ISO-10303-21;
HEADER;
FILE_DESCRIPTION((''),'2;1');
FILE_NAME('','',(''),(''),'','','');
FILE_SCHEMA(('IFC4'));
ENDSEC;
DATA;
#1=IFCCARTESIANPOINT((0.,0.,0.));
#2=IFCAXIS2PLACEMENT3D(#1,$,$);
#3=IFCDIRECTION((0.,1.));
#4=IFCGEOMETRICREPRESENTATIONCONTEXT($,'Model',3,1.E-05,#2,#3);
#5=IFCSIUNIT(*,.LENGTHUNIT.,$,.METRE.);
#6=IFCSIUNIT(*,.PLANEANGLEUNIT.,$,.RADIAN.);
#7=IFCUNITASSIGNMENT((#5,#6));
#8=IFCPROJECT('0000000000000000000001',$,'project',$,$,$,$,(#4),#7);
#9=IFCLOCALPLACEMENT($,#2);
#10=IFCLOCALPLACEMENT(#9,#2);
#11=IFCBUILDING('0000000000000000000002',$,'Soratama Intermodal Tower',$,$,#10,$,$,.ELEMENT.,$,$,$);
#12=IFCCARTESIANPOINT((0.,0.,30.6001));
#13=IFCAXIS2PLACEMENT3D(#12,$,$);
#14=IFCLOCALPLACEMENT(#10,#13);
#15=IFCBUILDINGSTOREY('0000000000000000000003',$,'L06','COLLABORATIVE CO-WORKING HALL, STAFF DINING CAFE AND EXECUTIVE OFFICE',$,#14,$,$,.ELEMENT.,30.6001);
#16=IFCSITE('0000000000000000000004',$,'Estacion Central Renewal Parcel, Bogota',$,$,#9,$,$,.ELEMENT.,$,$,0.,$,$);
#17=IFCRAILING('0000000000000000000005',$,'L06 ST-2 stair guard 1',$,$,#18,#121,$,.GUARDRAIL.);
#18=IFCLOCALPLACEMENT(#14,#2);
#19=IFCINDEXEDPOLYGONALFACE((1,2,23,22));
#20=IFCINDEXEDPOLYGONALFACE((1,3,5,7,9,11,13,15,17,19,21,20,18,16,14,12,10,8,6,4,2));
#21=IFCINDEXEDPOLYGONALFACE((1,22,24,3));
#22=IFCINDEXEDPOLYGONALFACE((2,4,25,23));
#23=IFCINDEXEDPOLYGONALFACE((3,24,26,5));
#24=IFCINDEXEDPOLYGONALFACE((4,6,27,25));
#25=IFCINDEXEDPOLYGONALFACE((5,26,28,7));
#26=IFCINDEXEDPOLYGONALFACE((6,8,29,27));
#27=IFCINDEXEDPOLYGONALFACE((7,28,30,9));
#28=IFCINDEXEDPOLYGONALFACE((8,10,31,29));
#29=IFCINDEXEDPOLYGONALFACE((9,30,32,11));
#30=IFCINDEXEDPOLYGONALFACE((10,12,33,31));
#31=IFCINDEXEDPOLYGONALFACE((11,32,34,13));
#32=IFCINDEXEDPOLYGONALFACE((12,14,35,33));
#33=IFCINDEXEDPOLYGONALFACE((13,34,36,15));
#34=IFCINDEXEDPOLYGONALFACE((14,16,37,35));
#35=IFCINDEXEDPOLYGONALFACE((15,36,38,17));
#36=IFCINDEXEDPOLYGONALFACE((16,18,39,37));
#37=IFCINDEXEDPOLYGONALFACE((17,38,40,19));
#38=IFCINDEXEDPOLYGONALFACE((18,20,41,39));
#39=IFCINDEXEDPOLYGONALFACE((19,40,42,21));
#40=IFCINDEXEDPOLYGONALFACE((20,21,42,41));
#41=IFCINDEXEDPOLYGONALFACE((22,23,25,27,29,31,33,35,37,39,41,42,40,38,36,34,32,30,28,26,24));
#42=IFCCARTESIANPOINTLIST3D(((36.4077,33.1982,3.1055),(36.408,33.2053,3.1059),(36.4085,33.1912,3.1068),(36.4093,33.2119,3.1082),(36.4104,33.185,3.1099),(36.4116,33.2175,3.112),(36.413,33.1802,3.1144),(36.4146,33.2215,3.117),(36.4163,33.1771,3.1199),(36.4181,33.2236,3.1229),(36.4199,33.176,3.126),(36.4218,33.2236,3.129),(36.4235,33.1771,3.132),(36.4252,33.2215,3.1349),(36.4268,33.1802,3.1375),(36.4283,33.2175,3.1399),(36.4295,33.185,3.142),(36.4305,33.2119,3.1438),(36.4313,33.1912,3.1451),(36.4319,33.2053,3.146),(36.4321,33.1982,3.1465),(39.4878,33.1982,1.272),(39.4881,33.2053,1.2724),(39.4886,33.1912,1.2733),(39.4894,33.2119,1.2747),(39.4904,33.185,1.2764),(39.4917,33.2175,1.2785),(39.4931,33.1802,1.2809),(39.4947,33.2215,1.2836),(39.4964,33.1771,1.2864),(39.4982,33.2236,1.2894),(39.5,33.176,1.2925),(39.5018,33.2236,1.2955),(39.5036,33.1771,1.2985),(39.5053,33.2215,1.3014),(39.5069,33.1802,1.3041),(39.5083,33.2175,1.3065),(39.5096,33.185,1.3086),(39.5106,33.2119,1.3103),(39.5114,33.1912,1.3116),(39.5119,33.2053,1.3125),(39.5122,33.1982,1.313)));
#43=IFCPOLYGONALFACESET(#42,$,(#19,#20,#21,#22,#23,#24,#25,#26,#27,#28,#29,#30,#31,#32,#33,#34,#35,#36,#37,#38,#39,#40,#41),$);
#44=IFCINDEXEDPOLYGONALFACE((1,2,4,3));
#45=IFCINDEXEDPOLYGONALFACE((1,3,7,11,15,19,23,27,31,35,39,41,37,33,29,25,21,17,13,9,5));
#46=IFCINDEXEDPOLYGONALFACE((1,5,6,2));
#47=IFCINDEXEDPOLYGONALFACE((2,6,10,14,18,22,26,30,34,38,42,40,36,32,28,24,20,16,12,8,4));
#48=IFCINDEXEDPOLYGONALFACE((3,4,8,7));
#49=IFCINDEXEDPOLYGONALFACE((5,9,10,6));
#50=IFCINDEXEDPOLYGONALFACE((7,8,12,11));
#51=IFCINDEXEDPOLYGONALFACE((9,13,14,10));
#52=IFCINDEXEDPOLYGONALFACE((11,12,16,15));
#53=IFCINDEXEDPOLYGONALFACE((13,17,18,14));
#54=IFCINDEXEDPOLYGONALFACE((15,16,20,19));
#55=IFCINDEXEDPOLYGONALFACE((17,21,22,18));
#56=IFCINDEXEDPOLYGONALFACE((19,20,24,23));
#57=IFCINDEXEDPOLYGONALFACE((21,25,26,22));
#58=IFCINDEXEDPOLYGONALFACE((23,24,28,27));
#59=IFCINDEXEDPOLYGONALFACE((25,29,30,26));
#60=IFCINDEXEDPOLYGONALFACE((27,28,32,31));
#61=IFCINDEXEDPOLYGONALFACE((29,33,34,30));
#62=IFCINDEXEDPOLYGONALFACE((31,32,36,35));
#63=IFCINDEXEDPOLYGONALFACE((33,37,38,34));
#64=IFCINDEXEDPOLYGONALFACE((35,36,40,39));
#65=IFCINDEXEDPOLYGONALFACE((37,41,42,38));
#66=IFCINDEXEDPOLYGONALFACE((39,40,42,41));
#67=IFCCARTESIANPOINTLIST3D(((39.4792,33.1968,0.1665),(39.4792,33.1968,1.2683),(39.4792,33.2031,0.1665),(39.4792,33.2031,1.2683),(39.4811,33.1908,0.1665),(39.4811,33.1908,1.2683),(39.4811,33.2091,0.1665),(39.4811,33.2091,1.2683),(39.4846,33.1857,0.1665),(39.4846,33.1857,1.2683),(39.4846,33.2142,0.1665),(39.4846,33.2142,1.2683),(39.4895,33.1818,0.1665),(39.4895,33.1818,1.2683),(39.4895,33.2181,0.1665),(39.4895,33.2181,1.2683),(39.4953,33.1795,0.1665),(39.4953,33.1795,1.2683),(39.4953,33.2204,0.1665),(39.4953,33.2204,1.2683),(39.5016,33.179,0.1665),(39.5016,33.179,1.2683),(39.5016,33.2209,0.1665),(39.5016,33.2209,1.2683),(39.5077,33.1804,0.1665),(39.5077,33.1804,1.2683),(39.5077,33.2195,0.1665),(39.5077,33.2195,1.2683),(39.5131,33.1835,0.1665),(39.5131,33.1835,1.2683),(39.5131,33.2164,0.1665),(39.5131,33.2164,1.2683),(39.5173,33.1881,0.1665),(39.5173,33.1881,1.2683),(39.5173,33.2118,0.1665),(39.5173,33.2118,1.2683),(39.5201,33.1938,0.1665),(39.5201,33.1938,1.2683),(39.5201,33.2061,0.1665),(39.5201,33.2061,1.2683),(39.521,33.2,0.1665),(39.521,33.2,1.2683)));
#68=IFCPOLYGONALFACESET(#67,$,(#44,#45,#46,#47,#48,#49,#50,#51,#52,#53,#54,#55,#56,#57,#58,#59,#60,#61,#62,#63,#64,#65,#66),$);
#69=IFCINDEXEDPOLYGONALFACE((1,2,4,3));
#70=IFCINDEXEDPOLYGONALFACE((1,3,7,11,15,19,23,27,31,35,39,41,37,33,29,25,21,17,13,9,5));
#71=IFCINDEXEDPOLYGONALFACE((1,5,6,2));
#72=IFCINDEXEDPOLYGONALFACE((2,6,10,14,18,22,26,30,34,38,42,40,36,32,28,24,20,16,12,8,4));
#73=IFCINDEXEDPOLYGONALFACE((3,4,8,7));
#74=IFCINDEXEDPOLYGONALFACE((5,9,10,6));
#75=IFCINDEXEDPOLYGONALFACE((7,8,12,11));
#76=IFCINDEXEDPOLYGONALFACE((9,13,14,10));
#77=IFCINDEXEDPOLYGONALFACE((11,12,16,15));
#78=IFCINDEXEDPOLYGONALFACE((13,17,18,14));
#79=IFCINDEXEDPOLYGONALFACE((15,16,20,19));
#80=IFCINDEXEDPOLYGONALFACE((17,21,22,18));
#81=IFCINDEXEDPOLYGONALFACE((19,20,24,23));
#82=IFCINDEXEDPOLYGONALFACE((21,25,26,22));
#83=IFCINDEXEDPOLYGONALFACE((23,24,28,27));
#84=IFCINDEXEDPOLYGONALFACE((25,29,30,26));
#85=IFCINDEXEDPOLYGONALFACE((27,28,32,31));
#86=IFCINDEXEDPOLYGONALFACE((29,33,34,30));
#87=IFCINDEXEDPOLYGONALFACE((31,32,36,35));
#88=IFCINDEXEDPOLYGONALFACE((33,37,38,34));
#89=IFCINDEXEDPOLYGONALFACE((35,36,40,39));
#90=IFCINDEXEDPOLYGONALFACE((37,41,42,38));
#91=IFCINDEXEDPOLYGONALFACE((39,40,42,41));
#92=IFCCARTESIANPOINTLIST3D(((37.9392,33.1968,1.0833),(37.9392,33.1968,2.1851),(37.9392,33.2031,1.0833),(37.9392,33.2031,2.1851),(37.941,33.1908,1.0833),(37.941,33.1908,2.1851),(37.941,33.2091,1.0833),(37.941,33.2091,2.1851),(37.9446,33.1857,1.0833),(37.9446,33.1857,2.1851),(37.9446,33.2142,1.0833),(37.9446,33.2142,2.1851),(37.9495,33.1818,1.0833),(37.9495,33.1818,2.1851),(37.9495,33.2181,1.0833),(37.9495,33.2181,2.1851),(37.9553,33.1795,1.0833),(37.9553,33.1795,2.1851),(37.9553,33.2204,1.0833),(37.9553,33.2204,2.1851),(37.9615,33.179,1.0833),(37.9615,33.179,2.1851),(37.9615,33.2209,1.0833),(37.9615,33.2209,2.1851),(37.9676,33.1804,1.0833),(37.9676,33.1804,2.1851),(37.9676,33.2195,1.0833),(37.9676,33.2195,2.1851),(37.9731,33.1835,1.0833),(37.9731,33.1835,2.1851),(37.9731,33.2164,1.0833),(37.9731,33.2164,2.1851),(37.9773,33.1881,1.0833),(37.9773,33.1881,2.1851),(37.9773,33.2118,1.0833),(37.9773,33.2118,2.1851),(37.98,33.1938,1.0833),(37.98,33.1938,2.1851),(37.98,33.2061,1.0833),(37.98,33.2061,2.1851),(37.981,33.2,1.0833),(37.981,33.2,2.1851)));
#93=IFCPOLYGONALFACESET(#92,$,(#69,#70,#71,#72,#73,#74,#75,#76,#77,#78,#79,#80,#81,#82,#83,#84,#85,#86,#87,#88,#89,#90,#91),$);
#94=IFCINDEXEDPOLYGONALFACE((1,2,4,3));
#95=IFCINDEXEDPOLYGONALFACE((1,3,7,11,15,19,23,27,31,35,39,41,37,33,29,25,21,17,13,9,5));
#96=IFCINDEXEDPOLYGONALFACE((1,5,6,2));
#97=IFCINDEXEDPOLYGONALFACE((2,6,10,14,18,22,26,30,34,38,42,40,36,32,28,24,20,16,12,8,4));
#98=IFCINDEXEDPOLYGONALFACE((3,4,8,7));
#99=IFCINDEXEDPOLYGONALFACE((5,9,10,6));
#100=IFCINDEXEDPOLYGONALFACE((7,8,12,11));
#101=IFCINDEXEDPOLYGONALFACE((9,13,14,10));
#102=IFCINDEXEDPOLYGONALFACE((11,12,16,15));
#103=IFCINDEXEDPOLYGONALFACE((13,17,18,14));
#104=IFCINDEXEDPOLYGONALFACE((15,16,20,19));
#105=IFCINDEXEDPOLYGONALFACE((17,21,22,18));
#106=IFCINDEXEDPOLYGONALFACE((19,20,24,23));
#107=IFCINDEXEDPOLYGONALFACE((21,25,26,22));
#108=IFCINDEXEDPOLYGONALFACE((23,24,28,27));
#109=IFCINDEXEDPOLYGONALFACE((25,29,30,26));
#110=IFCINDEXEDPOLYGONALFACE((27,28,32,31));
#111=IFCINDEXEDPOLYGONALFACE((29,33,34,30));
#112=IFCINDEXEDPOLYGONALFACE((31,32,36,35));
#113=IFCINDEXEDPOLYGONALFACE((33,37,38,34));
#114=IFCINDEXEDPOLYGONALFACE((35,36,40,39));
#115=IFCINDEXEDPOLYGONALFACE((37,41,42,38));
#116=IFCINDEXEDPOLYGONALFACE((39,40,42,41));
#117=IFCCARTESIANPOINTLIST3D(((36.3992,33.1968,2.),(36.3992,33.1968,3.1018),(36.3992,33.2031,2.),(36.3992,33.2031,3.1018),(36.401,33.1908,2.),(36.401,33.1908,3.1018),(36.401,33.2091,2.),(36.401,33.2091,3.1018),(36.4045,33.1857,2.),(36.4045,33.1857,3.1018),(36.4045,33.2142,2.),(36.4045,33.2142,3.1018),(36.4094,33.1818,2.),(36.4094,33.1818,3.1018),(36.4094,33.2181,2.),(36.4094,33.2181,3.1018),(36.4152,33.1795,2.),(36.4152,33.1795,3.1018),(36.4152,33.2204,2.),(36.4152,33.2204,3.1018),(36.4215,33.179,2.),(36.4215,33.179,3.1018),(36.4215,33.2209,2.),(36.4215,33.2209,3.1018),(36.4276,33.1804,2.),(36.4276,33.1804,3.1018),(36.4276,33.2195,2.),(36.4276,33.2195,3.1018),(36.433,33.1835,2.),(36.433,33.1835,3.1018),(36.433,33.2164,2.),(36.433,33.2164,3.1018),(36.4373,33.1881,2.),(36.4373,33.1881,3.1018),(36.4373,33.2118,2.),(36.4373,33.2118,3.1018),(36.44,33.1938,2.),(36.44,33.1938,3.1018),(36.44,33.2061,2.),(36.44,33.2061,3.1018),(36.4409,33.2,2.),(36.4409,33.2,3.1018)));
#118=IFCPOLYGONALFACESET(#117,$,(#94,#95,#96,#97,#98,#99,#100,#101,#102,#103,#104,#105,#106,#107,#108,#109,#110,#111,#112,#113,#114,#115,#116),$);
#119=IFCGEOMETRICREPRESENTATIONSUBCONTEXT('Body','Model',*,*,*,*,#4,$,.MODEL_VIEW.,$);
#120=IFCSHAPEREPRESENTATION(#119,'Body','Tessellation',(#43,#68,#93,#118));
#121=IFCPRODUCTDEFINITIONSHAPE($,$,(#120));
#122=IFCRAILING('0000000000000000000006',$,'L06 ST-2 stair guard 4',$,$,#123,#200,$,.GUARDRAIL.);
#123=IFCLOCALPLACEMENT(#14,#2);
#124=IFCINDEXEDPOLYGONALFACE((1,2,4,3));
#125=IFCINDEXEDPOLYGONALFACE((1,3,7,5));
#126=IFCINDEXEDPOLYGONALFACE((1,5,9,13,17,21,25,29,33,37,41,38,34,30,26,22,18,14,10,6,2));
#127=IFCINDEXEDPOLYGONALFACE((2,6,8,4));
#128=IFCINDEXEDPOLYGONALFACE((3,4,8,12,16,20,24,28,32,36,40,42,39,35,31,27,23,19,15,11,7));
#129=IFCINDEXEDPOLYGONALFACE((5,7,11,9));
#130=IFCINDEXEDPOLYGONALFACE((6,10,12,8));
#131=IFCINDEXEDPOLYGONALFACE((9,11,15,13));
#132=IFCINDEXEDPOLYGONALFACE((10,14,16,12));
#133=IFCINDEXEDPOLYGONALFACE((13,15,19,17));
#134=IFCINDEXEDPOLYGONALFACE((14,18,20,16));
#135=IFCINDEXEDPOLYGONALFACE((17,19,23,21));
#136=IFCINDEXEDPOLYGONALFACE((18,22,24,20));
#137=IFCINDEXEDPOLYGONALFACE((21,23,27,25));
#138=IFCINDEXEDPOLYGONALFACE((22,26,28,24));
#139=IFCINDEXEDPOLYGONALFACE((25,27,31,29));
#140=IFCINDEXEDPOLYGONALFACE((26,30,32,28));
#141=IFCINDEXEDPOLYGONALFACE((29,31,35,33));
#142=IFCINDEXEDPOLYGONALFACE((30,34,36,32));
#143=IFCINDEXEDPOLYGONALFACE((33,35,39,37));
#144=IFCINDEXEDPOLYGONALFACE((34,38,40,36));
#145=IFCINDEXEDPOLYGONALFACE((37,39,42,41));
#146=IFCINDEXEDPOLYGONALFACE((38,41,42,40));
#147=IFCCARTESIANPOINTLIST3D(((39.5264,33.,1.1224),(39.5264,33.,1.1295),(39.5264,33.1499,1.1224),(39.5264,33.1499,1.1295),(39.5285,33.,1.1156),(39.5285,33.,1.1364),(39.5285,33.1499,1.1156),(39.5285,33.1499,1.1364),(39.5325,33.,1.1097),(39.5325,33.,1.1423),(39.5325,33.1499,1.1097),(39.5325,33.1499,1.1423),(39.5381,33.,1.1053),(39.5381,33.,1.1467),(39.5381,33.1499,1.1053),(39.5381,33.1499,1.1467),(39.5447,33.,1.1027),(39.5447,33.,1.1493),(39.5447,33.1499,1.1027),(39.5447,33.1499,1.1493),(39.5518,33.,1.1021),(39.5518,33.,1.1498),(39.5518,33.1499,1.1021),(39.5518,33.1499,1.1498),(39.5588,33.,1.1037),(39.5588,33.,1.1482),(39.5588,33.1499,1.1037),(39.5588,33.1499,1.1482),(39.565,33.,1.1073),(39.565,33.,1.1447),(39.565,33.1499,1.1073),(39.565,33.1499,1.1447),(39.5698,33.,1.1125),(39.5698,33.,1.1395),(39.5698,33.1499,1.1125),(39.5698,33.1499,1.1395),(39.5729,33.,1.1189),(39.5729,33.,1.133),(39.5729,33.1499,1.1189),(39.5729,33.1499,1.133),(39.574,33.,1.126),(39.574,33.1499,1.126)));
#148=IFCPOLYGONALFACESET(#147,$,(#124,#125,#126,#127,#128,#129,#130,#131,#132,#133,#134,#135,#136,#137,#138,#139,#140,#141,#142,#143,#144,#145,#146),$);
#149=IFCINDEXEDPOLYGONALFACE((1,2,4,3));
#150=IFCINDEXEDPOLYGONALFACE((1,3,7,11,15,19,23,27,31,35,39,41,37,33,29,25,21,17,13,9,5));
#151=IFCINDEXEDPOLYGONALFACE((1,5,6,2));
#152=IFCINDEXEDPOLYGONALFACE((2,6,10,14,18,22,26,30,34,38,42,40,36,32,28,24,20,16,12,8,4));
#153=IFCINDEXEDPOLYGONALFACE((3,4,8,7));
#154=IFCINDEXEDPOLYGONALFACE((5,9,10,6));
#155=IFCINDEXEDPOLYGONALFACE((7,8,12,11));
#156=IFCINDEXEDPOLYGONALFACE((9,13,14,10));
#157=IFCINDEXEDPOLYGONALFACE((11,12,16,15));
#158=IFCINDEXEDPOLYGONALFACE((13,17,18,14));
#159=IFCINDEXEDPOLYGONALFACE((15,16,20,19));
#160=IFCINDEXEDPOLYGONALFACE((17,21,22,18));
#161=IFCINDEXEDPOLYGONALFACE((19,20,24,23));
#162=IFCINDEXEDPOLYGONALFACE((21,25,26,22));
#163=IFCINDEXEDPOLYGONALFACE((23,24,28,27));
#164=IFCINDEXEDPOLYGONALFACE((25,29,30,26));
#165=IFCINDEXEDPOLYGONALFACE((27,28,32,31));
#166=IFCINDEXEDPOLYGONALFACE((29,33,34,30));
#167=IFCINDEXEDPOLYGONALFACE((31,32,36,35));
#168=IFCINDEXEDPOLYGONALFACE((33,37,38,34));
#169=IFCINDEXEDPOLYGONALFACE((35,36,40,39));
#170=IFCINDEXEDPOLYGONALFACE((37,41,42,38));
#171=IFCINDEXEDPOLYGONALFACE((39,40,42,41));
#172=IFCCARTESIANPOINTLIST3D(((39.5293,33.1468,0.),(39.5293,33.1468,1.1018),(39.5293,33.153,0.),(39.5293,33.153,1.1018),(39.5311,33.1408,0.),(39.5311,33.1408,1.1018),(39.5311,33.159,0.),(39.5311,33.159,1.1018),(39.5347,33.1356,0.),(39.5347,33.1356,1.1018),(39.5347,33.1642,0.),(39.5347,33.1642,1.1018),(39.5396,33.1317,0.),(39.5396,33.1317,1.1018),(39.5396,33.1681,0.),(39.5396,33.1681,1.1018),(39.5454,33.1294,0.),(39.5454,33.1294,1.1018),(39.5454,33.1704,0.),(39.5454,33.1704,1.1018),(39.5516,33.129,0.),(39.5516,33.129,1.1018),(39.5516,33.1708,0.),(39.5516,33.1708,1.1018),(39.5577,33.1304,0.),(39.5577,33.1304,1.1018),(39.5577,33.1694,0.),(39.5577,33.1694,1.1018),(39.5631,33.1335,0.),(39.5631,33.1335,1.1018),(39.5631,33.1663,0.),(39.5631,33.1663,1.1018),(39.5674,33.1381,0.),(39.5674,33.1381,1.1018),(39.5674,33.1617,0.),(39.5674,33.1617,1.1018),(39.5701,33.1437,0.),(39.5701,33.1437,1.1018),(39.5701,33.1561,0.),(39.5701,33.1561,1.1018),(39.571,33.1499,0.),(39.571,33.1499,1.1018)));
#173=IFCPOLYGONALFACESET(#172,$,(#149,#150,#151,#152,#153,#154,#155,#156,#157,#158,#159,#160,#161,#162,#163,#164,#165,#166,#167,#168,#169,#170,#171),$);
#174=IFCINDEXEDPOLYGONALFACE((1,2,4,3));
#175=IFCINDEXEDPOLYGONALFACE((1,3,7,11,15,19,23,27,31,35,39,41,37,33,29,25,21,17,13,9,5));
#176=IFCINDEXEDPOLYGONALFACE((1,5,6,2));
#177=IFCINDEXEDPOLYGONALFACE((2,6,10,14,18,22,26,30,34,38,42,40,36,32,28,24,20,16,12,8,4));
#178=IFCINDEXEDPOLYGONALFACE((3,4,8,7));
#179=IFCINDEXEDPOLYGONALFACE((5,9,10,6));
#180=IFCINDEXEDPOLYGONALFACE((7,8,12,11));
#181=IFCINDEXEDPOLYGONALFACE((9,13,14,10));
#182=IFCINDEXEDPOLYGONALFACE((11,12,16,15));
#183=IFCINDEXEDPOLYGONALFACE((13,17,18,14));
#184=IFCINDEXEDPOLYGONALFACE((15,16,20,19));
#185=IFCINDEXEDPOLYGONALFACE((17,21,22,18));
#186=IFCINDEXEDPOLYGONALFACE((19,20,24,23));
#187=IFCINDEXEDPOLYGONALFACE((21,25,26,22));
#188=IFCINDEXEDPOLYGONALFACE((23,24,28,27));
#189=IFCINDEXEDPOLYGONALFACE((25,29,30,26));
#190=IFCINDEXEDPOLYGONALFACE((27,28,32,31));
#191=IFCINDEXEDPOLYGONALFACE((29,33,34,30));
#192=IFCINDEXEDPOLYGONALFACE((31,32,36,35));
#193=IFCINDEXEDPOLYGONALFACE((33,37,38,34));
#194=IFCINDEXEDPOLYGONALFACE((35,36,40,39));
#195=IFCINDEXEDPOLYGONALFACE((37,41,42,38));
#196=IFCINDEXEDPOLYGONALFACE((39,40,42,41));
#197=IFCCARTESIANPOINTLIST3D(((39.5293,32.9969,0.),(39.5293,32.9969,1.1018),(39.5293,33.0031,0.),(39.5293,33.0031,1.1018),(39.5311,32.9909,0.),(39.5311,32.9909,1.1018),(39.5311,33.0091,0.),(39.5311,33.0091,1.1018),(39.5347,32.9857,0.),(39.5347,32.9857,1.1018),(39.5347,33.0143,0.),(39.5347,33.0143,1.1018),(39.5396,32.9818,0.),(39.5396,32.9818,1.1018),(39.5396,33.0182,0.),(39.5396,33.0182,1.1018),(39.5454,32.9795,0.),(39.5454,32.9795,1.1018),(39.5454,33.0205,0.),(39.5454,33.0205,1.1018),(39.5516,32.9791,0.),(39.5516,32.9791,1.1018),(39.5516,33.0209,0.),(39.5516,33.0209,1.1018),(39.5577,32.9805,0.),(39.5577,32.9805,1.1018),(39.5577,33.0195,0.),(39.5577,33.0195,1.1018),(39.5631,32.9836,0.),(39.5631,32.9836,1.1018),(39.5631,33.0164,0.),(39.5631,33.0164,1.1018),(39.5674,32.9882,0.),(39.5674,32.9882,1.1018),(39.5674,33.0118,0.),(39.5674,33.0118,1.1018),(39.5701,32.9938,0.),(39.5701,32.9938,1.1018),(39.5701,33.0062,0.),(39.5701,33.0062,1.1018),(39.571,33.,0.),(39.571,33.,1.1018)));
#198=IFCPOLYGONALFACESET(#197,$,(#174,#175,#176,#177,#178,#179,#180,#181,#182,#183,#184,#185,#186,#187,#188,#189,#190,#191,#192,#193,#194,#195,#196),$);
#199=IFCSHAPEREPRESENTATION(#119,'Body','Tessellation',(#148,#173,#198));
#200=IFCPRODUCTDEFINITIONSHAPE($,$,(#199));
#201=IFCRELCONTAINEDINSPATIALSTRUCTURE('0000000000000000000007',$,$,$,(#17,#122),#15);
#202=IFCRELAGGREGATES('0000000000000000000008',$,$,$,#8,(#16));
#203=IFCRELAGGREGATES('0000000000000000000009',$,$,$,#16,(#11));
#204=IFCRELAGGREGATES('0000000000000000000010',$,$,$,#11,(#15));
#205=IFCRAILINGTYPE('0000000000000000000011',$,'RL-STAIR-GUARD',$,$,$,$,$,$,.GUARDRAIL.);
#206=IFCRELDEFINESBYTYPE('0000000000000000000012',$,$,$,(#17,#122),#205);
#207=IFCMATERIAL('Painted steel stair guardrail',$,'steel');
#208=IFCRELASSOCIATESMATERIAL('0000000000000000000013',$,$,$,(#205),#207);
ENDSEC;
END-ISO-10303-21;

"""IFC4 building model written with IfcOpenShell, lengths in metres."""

from ifc_helpers import new_model, si_unit, direction, frame, origin, origin_2d, place, context, subcontext, project, spatial, circle, extrude, material, type_object, element, save


model = new_model("IFC4")

# Units and contexts
model_context = context("Model", 3, precision=1e-05, world=origin(), true_north=direction((0.0, 1.0)))
body_context = subcontext(model_context, "Body", "Model", "MODEL_VIEW")
ifc_project = project(units=[si_unit("LENGTHUNIT", "METRE"), si_unit("PLANEANGLEUNIT", "RADIAN")], contexts=[model_context])

# Site, building, storey
site_placement = place(None, origin())
site = spatial("IfcSite", under=ifc_project, at=site_placement, Name="Estacion Central Renewal Parcel, Bogota", CompositionType="ELEMENT", RefElevation=0.0)
building_placement = place(site_placement, origin())
building = spatial("IfcBuilding", under=site, at=building_placement, Name="Soratama Intermodal Tower", CompositionType="ELEMENT")
storey_placement = place(building_placement, frame((0.0, 0.0, 30.6001)))
storey = spatial("IfcBuildingStorey", under=building, at=storey_placement, Name="L06", Description="COLLABORATIVE CO-WORKING HALL, STAFF DINING CAFE AND EXECUTIVE OFFICE", CompositionType="ELEMENT", Elevation=30.6001)

# Railings
ifc_material_1 = material(Name="Painted steel stair guardrail", Category="steel")
railing_type_1 = type_object("IfcRailingType", Name="RL-STAIR-GUARD", PredefinedType="GUARDRAIL", material=ifc_material_1)
railing_1_placement = place(storey_placement, frame((39.5, 33.2, 0.1665)))
element("IfcRailing", 1, at=railing_1_placement, inside=storey, type_object=railing_type_1, Name="L06 ST-2 stair guard 1", PredefinedType="GUARDRAIL", context=body_context, shape_type="SweptSolid", body=[
    extrude(circle(Radius=0.0239, at=origin_2d()), frame((0.0, 0.0, 1.126), z_axis=(-0.859279, 0.0, 0.511508), x_axis=(0.0, -1.0, 0.0)), (0.0, 0.0, 1.0), 3.5845),
    extrude(circle(Radius=0.021, at=origin_2d()), origin(), (0.0, 0.0, 1.0), 1.1018),
    extrude(circle(Radius=0.021, at=origin_2d()), frame((-1.54, 0.0, 0.9167)), (0.0, 0.0, 1.0), 1.1018),
    extrude(circle(Radius=0.021, at=origin_2d()), frame((-3.0801, 0.0, 1.8335)), (0.0, 0.0, 1.0), 1.1018),
])
railing_2_placement = place(storey_placement, frame((39.55, 33.1499, 0.0)))
element("IfcRailing", 2, at=railing_2_placement, inside=storey, type_object=railing_type_1, Name="L06 ST-2 stair guard 4", PredefinedType="GUARDRAIL", context=body_context, shape_type="SweptSolid", body=[
    extrude(circle(Radius=0.0239, at=origin_2d()), frame((0.0, 0.0, 1.126), z_axis=(0.0, -1.0, 0.0), x_axis=(1.0, 0.0, 0.0)), (0.0, 0.0, 1.0), 0.1499),
    extrude(circle(Radius=0.021, at=origin_2d()), origin(), (0.0, 0.0, 1.0), 1.1018),
    extrude(circle(Radius=0.021, at=origin_2d()), frame((0.0, -0.1499, 0.0)), (0.0, 0.0, 1.0), 1.1018),
])

save(model, "model.ifc")
